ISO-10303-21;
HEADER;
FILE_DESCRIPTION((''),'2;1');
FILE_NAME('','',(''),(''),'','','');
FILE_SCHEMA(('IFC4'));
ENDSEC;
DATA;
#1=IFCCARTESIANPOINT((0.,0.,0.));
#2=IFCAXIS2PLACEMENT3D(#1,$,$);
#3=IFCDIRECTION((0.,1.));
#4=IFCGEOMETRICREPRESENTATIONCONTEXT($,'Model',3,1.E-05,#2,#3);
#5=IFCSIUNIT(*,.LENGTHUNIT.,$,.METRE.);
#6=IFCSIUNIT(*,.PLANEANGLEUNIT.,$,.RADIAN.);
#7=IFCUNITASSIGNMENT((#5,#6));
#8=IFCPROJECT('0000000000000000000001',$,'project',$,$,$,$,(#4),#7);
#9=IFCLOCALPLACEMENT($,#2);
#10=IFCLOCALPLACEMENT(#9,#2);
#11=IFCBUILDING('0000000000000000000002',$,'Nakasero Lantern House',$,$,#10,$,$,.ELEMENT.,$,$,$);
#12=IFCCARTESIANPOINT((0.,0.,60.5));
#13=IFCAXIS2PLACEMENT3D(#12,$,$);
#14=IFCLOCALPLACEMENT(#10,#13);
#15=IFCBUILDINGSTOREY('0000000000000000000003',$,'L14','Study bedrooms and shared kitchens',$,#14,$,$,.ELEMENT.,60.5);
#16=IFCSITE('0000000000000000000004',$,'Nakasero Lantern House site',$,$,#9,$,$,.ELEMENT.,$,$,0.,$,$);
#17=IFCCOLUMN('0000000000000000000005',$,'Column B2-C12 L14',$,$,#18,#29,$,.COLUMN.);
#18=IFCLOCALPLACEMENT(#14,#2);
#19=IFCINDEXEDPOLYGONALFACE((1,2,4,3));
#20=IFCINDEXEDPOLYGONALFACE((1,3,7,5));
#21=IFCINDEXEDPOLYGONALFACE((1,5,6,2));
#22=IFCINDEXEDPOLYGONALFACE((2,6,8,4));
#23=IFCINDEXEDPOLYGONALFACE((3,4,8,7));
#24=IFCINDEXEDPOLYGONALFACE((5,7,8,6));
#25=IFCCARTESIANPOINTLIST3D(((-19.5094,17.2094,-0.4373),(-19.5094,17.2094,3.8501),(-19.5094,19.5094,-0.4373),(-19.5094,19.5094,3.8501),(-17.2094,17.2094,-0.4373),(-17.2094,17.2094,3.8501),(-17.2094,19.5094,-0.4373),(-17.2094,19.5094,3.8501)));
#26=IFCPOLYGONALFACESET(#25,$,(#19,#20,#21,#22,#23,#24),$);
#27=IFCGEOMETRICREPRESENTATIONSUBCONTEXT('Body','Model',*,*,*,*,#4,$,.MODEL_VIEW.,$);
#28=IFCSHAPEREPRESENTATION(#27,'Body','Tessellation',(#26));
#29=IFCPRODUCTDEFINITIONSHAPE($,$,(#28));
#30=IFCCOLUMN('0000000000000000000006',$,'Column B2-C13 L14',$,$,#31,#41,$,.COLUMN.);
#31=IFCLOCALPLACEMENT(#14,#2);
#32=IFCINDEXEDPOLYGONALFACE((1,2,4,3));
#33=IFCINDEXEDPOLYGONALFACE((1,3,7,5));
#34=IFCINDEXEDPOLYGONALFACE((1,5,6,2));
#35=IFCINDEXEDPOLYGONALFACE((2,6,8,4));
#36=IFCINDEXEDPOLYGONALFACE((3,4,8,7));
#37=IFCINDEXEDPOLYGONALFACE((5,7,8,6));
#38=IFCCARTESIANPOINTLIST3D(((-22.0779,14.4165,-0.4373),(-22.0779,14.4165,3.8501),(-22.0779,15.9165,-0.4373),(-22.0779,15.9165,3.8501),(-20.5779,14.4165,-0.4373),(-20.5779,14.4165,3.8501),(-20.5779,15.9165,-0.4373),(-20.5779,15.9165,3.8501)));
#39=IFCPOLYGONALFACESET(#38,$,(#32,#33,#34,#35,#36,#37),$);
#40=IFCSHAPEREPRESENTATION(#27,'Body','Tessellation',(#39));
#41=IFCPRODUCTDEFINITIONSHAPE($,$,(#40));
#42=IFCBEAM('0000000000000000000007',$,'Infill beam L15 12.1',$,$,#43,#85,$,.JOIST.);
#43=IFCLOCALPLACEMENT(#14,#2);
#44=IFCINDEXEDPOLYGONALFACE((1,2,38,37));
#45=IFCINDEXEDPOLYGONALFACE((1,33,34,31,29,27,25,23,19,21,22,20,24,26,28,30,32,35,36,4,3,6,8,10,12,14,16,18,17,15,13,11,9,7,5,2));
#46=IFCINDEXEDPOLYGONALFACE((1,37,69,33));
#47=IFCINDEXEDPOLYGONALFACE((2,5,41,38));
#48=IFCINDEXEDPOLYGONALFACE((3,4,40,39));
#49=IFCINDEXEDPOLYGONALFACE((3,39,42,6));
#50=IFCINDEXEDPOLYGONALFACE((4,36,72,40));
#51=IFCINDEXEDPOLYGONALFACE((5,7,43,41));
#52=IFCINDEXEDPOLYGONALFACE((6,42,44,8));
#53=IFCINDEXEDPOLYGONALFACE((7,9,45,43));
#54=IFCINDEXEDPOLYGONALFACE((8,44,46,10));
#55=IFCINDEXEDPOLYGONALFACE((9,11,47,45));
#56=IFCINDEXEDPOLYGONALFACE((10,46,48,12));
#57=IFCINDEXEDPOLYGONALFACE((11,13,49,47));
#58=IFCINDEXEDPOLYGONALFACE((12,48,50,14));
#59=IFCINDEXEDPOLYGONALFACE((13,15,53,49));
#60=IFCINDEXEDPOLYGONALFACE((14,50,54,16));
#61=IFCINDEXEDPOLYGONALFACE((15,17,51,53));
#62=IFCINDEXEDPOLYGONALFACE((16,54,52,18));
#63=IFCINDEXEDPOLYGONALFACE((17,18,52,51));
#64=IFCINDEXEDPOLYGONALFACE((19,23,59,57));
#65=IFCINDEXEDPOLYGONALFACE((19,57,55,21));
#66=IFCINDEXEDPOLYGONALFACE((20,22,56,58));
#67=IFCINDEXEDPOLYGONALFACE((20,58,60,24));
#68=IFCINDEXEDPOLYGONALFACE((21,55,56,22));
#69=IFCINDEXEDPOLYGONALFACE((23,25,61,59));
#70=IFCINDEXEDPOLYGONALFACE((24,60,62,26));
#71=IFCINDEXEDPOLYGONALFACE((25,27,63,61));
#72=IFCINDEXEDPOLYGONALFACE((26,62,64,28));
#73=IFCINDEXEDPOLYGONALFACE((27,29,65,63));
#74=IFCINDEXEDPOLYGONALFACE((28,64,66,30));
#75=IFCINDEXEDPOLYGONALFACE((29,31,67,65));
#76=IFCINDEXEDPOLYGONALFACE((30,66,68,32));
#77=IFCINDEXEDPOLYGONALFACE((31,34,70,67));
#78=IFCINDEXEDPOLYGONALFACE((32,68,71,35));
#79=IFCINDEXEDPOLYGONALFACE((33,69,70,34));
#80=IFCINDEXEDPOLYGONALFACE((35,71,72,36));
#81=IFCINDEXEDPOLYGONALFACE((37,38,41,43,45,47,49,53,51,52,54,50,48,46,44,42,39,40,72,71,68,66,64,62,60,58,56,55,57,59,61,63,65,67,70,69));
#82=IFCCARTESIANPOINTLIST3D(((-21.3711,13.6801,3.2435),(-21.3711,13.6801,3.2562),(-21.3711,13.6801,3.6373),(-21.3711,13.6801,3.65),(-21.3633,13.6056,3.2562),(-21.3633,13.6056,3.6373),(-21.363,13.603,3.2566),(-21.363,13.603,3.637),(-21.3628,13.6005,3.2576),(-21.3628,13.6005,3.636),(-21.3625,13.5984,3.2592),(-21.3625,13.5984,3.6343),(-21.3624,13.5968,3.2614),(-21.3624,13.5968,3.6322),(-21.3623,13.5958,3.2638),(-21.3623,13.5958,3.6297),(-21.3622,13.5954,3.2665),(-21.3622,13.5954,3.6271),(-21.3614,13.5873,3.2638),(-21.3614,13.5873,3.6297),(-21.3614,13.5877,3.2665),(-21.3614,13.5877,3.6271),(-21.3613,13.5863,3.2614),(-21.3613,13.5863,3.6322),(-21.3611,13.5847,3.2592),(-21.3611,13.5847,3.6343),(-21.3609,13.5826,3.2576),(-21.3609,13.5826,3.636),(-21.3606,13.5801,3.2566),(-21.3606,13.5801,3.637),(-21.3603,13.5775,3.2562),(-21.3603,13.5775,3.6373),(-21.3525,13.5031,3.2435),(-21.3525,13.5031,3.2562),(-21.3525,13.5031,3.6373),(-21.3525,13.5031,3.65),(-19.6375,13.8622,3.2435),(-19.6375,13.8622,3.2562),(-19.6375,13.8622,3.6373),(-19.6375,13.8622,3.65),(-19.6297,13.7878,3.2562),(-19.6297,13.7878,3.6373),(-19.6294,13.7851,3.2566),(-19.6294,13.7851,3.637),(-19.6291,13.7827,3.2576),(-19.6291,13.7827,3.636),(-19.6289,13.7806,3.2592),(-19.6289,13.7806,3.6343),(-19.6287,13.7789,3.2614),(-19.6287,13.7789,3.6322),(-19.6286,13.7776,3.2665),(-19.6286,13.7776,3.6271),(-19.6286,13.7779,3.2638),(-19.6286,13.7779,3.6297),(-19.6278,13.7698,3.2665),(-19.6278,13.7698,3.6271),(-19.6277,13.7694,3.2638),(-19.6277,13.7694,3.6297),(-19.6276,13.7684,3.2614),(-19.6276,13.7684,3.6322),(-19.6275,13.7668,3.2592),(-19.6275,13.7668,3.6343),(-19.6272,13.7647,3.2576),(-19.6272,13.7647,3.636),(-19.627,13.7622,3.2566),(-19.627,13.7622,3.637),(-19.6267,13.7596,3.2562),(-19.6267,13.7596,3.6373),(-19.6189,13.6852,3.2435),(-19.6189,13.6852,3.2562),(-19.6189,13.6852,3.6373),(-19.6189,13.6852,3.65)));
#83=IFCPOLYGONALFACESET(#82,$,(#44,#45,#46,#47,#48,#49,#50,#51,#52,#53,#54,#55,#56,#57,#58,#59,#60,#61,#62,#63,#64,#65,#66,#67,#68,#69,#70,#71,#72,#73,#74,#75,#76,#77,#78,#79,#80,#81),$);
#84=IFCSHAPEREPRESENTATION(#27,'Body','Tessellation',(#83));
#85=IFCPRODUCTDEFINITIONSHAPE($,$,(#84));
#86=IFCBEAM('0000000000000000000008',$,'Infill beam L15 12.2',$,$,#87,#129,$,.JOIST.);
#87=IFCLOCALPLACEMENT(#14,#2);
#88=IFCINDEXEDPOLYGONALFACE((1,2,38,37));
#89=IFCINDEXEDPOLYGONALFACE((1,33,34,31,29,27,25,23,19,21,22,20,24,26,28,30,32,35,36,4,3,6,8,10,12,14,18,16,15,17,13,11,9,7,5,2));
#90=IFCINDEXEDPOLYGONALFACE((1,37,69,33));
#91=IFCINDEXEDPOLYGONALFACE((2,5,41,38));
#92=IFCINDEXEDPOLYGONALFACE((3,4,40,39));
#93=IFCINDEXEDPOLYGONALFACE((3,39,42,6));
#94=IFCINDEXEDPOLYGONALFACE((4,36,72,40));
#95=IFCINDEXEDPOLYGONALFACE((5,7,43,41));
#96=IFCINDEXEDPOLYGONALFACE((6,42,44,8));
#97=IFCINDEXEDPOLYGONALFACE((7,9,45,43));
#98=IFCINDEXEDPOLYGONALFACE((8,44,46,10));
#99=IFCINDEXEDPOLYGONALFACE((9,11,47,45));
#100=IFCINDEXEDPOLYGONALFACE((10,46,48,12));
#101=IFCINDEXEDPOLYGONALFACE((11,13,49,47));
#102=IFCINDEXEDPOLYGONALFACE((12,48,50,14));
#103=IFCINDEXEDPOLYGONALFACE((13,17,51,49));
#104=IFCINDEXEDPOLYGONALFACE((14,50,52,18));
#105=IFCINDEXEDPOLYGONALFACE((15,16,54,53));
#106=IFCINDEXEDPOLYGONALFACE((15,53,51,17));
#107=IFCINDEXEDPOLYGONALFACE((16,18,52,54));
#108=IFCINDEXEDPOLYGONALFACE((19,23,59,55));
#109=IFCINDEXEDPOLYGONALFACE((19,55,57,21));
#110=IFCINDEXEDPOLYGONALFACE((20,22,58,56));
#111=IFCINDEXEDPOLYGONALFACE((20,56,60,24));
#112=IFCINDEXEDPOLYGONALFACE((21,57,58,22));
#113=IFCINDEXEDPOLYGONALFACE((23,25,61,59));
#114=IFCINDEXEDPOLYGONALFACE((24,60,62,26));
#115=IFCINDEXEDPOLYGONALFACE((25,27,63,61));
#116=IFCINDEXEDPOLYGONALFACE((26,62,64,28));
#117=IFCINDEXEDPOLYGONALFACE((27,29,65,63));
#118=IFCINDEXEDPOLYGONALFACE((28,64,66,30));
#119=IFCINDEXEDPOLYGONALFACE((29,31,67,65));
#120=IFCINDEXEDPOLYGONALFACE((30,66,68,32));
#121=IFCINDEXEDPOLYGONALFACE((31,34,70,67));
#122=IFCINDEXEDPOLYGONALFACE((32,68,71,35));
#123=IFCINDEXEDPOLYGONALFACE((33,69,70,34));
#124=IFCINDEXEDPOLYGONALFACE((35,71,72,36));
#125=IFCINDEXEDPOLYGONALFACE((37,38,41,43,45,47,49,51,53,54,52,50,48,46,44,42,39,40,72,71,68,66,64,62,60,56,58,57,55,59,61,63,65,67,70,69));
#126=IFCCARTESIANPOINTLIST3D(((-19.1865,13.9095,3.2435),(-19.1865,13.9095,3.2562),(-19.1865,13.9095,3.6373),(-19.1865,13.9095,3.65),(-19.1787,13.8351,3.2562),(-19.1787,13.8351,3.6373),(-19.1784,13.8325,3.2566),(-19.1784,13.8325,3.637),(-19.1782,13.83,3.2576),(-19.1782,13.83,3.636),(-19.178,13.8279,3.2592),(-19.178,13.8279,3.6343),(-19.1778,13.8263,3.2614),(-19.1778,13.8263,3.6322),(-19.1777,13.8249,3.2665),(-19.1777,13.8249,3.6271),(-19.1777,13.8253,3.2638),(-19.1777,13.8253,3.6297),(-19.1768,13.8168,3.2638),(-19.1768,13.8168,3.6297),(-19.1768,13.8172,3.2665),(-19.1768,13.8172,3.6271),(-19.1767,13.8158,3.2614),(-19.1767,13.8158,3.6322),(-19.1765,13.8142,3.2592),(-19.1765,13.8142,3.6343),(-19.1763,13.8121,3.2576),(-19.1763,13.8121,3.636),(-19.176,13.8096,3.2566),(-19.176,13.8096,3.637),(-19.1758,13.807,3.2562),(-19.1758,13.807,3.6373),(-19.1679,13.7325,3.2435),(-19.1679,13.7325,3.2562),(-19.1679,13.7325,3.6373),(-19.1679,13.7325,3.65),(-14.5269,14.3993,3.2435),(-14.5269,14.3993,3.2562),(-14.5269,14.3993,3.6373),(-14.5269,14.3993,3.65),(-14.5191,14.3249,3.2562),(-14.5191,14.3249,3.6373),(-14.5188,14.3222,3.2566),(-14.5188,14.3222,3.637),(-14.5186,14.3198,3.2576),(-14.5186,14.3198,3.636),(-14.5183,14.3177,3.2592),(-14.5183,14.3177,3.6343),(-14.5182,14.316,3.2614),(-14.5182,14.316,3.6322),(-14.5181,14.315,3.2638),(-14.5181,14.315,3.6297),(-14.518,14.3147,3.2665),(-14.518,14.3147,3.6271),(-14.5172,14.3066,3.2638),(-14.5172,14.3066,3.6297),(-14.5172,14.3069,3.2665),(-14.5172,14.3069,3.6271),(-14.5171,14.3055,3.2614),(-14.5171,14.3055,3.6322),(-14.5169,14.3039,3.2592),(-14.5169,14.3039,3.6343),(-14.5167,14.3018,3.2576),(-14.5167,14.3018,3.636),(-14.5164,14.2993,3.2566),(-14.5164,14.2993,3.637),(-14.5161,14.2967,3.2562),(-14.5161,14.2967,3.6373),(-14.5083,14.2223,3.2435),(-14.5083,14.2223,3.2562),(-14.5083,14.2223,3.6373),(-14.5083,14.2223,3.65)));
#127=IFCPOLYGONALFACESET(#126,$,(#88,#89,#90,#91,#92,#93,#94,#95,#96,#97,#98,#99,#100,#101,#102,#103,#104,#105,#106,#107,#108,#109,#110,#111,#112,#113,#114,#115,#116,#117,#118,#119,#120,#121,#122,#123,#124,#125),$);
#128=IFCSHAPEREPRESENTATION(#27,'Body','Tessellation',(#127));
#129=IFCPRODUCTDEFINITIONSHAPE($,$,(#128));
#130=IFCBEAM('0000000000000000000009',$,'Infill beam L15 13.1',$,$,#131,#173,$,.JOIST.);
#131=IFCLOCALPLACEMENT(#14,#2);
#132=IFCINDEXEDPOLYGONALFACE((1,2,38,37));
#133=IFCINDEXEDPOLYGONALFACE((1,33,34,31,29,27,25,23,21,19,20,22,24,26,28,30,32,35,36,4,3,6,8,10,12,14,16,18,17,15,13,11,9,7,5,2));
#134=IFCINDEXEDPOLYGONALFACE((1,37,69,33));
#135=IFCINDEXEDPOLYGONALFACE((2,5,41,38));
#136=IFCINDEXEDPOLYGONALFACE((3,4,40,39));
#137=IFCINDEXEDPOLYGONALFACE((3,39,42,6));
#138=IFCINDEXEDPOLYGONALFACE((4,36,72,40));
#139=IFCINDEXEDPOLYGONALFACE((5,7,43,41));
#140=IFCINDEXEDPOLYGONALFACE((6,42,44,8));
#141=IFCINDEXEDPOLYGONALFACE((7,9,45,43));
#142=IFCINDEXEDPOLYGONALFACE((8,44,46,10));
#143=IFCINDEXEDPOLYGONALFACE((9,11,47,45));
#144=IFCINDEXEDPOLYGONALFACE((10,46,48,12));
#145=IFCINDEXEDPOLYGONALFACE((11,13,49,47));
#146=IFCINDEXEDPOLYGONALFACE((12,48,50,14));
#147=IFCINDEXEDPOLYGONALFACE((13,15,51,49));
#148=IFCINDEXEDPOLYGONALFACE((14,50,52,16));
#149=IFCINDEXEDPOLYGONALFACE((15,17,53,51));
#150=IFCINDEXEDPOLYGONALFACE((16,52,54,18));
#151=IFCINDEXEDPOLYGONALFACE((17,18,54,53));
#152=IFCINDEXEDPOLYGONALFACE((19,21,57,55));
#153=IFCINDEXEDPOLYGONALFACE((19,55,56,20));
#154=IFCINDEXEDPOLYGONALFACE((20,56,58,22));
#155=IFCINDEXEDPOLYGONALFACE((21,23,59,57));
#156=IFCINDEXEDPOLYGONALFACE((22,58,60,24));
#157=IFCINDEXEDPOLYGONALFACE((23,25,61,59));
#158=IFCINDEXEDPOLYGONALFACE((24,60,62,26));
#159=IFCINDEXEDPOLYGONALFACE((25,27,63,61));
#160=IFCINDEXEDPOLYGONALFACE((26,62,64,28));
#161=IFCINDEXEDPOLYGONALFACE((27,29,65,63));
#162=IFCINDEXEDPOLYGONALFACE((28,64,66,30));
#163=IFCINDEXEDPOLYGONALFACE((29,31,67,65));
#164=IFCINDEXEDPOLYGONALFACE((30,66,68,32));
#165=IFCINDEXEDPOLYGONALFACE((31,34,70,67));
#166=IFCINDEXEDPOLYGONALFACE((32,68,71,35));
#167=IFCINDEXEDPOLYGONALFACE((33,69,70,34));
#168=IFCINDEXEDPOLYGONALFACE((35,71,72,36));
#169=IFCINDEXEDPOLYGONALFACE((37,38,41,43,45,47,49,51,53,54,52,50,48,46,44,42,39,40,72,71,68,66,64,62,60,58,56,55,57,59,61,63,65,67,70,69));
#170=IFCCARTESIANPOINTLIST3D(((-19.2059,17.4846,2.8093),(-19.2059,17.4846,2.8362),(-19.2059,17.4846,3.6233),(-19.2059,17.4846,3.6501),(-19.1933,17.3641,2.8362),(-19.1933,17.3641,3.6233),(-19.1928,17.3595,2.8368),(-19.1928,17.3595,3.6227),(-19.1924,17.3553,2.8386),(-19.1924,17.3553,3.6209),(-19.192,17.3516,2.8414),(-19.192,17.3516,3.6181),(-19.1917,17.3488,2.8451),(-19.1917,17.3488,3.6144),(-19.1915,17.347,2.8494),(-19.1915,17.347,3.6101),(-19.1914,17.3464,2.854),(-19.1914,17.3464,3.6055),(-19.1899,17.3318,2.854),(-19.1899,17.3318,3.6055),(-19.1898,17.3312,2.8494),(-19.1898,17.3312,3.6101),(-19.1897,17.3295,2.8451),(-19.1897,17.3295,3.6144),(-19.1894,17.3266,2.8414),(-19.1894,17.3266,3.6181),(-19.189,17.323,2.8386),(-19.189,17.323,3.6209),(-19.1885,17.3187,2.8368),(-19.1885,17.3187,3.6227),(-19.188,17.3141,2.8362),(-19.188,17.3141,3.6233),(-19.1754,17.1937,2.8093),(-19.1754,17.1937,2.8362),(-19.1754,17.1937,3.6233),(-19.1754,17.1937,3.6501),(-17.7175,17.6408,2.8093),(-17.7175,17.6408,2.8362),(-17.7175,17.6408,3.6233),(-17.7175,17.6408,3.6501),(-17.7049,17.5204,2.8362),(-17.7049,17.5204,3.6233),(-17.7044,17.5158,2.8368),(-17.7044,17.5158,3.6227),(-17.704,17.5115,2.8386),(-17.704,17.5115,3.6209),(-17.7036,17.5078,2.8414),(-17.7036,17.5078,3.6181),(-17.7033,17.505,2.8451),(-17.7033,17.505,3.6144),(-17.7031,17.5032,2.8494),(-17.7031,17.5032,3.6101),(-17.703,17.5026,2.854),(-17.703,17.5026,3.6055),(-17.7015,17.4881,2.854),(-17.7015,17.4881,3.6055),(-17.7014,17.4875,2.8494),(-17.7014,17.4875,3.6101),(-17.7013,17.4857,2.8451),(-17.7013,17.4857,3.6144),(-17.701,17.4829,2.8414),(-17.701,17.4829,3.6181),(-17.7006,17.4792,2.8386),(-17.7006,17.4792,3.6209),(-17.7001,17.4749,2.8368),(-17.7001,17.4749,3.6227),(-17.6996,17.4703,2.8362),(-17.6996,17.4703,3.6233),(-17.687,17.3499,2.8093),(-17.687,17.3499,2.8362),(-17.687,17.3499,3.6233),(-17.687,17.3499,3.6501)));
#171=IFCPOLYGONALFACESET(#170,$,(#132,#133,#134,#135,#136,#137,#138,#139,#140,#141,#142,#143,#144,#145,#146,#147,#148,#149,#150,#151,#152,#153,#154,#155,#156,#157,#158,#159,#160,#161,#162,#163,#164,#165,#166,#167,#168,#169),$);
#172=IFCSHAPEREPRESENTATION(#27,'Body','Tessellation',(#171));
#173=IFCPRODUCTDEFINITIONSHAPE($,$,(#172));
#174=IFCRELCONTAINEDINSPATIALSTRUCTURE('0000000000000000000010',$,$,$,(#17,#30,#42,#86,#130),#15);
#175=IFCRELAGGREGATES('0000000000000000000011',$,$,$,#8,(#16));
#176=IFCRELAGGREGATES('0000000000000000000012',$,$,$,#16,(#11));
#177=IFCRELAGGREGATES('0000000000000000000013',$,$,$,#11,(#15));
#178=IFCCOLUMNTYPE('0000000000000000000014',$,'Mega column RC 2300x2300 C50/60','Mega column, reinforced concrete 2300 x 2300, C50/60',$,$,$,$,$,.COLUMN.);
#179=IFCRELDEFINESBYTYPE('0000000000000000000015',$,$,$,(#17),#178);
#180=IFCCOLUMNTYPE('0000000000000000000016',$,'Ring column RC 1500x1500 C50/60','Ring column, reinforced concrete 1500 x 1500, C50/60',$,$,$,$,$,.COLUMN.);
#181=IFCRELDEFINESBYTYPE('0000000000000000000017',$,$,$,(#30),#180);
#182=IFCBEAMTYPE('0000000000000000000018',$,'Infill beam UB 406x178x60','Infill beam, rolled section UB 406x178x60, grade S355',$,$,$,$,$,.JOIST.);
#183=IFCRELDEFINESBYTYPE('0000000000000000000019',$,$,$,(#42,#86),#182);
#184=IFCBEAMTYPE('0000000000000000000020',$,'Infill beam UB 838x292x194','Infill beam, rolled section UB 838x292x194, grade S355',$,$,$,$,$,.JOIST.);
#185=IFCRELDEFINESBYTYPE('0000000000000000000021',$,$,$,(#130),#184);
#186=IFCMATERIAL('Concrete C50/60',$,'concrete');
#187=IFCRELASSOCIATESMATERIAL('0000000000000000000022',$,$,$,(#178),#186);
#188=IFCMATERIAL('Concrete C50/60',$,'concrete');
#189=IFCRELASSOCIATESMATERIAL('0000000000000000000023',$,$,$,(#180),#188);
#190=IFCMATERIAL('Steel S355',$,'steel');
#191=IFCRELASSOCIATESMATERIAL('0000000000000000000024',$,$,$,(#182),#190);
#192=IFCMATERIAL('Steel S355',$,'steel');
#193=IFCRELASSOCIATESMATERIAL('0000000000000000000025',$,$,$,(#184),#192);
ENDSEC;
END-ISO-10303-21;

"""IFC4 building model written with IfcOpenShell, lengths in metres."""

from ifc_helpers import new_model, si_unit, direction, frame, origin, origin_2d, place, context, subcontext, project, spatial, rectangle, i_section, extrude, material, material_profile, profile_set, type_object, element, save


model = new_model("IFC4")

# Units and contexts
model_context = context("Model", 3, precision=1e-05, world=origin(), true_north=direction((0.0, 1.0)))
body_context = subcontext(model_context, "Body", "Model", "MODEL_VIEW")
ifc_project = project(units=[si_unit("LENGTHUNIT", "METRE"), si_unit("PLANEANGLEUNIT", "RADIAN")], contexts=[model_context])

# Site, building, storey
site_placement = place(None, origin())
site = spatial("IfcSite", under=ifc_project, at=site_placement, Name="Nakasero Lantern House site", CompositionType="ELEMENT", RefElevation=0.0)
building_placement = place(site_placement, origin())
building = spatial("IfcBuilding", under=site, at=building_placement, Name="Nakasero Lantern House", CompositionType="ELEMENT")
storey_placement = place(building_placement, frame((0.0, 0.0, 60.5)))
storey = spatial("IfcBuildingStorey", under=building, at=storey_placement, Name="L14", Description="Study bedrooms and shared kitchens", CompositionType="ELEMENT", Elevation=60.5)

# Columns
ifc_material_1 = material(Name="Concrete C50/60", Category="concrete")
ifc_material_profile_1 = material_profile(ifc_material_1, rectangle(XDim=2.3, YDim=2.3, at=origin_2d()), Name="RC 2300x2300")
ifc_profile_set_1 = profile_set([ifc_material_profile_1], Name="Concrete C50/60")
column_type_1 = type_object("IfcColumnType", Name="Mega column RC 2300x2300 C50/60", Description="Mega column, reinforced concrete 2300 x 2300, C50/60", PredefinedType="COLUMN", material=ifc_profile_set_1)
column_1_placement = place(storey_placement, frame((-18.3594, 18.3594, -0.4373), z_axis=(0.0, 0.0, 1.0), x_axis=(1.0, 0.0, 0.0)))
element("IfcColumn", 1, at=column_1_placement, inside=storey, type_object=column_type_1, Name="Column B2-C12 L14", PredefinedType="COLUMN", context=body_context, shape_type="SweptSolid", body=[
    extrude(rectangle(XDim=2.3, YDim=2.3, at=origin_2d()), origin(), (0.0, 0.0, 1.0), 4.2874),
])
ifc_material_2 = material(Name="Concrete C50/60", Category="concrete")
ifc_material_profile_2 = material_profile(ifc_material_2, rectangle(XDim=1.5, YDim=1.5, at=origin_2d()), Name="RC 1500x1500")
ifc_profile_set_2 = profile_set([ifc_material_profile_2], Name="Concrete C50/60")
column_type_2 = type_object("IfcColumnType", Name="Ring column RC 1500x1500 C50/60", Description="Ring column, reinforced concrete 1500 x 1500, C50/60", PredefinedType="COLUMN", material=ifc_profile_set_2)
column_2_placement = place(storey_placement, frame((-21.3279, 15.1665, -0.4373), z_axis=(0.0, 0.0, 1.0), x_axis=(1.0, 0.0, 0.0)))
element("IfcColumn", 2, at=column_2_placement, inside=storey, type_object=column_type_2, Name="Column B2-C13 L14", PredefinedType="COLUMN", context=body_context, shape_type="SweptSolid", body=[
    extrude(rectangle(XDim=1.5, YDim=1.5, at=origin_2d()), origin(), (0.0, 0.0, 1.0), 4.2874),
])

# Beams
ifc_material_3 = material(Name="Steel S355", Category="steel")
ifc_material_profile_3 = material_profile(ifc_material_3, i_section(OverallWidth=0.178, OverallDepth=0.4065, WebThickness=0.0078, FlangeThickness=0.0127, FilletRadius=0.0103, at=origin_2d()), Name="UB 406x178x60")
ifc_profile_set_3 = profile_set([ifc_material_profile_3], Name="Steel S355")
beam_type_1 = type_object("IfcBeamType", Name="Infill beam UB 406x178x60", Description="Infill beam, rolled section UB 406x178x60, grade S355", PredefinedType="JOIST", material=ifc_profile_set_3)
beam_1_placement = place(storey_placement, frame((-21.3618, 13.5916, 3.4468), z_axis=(0.994527, 0.104481, 0.0), x_axis=(-0.104481, 0.994527, 0.0)))
element("IfcBeam", 3, at=beam_1_placement, inside=storey, type_object=beam_type_1, Name="Infill beam L15 12.1", PredefinedType="JOIST", context=body_context, shape_type="SweptSolid", body=[
    extrude(i_section(OverallWidth=0.178, OverallDepth=0.4065, WebThickness=0.0078, FlangeThickness=0.0127, FilletRadius=0.0103, at=origin_2d()), origin(), (0.0, 0.0, 1.0), 1.7432),
])
beam_2_placement = place(storey_placement, frame((-19.1772, 13.821, 3.4468), z_axis=(0.994522, 0.104527, 0.0), x_axis=(-0.104527, 0.994522, 0.0)))
element("IfcBeam", 4, at=beam_2_placement, inside=storey, type_object=beam_type_1, Name="Infill beam L15 12.2", PredefinedType="JOIST", context=body_context, shape_type="SweptSolid", body=[
    extrude(i_section(OverallWidth=0.178, OverallDepth=0.4065, WebThickness=0.0078, FlangeThickness=0.0127, FilletRadius=0.0103, at=origin_2d()), origin(), (0.0, 0.0, 1.0), 4.6853),
])
ifc_material_4 = material(Name="Steel S355", Category="steel")
ifc_material_profile_4 = material_profile(ifc_material_4, i_section(OverallWidth=0.2925, OverallDepth=0.8408, WebThickness=0.0146, FlangeThickness=0.0269, FilletRadius=0.0178, at=origin_2d()), Name="UB 838x292x194")
ifc_profile_set_4 = profile_set([ifc_material_profile_4], Name="Steel S355")
beam_type_2 = type_object("IfcBeamType", Name="Infill beam UB 838x292x194", Description="Infill beam, rolled section UB 838x292x194, grade S355", PredefinedType="JOIST", material=ifc_profile_set_4)
beam_3_placement = place(storey_placement, frame((-19.1907, 17.3391, 3.2297), z_axis=(0.994536, 0.104396, 0.0), x_axis=(-0.104396, 0.994536, 0.0)))
element("IfcBeam", 5, at=beam_3_placement, inside=storey, type_object=beam_type_2, Name="Infill beam L15 13.1", PredefinedType="JOIST", context=body_context, shape_type="SweptSolid", body=[
    extrude(i_section(OverallWidth=0.2925, OverallDepth=0.8408, WebThickness=0.0146, FlangeThickness=0.0269, FilletRadius=0.0178, at=origin_2d()), origin(), (0.0, 0.0, 1.0), 1.4966),
])

save(model, "model.ifc")
